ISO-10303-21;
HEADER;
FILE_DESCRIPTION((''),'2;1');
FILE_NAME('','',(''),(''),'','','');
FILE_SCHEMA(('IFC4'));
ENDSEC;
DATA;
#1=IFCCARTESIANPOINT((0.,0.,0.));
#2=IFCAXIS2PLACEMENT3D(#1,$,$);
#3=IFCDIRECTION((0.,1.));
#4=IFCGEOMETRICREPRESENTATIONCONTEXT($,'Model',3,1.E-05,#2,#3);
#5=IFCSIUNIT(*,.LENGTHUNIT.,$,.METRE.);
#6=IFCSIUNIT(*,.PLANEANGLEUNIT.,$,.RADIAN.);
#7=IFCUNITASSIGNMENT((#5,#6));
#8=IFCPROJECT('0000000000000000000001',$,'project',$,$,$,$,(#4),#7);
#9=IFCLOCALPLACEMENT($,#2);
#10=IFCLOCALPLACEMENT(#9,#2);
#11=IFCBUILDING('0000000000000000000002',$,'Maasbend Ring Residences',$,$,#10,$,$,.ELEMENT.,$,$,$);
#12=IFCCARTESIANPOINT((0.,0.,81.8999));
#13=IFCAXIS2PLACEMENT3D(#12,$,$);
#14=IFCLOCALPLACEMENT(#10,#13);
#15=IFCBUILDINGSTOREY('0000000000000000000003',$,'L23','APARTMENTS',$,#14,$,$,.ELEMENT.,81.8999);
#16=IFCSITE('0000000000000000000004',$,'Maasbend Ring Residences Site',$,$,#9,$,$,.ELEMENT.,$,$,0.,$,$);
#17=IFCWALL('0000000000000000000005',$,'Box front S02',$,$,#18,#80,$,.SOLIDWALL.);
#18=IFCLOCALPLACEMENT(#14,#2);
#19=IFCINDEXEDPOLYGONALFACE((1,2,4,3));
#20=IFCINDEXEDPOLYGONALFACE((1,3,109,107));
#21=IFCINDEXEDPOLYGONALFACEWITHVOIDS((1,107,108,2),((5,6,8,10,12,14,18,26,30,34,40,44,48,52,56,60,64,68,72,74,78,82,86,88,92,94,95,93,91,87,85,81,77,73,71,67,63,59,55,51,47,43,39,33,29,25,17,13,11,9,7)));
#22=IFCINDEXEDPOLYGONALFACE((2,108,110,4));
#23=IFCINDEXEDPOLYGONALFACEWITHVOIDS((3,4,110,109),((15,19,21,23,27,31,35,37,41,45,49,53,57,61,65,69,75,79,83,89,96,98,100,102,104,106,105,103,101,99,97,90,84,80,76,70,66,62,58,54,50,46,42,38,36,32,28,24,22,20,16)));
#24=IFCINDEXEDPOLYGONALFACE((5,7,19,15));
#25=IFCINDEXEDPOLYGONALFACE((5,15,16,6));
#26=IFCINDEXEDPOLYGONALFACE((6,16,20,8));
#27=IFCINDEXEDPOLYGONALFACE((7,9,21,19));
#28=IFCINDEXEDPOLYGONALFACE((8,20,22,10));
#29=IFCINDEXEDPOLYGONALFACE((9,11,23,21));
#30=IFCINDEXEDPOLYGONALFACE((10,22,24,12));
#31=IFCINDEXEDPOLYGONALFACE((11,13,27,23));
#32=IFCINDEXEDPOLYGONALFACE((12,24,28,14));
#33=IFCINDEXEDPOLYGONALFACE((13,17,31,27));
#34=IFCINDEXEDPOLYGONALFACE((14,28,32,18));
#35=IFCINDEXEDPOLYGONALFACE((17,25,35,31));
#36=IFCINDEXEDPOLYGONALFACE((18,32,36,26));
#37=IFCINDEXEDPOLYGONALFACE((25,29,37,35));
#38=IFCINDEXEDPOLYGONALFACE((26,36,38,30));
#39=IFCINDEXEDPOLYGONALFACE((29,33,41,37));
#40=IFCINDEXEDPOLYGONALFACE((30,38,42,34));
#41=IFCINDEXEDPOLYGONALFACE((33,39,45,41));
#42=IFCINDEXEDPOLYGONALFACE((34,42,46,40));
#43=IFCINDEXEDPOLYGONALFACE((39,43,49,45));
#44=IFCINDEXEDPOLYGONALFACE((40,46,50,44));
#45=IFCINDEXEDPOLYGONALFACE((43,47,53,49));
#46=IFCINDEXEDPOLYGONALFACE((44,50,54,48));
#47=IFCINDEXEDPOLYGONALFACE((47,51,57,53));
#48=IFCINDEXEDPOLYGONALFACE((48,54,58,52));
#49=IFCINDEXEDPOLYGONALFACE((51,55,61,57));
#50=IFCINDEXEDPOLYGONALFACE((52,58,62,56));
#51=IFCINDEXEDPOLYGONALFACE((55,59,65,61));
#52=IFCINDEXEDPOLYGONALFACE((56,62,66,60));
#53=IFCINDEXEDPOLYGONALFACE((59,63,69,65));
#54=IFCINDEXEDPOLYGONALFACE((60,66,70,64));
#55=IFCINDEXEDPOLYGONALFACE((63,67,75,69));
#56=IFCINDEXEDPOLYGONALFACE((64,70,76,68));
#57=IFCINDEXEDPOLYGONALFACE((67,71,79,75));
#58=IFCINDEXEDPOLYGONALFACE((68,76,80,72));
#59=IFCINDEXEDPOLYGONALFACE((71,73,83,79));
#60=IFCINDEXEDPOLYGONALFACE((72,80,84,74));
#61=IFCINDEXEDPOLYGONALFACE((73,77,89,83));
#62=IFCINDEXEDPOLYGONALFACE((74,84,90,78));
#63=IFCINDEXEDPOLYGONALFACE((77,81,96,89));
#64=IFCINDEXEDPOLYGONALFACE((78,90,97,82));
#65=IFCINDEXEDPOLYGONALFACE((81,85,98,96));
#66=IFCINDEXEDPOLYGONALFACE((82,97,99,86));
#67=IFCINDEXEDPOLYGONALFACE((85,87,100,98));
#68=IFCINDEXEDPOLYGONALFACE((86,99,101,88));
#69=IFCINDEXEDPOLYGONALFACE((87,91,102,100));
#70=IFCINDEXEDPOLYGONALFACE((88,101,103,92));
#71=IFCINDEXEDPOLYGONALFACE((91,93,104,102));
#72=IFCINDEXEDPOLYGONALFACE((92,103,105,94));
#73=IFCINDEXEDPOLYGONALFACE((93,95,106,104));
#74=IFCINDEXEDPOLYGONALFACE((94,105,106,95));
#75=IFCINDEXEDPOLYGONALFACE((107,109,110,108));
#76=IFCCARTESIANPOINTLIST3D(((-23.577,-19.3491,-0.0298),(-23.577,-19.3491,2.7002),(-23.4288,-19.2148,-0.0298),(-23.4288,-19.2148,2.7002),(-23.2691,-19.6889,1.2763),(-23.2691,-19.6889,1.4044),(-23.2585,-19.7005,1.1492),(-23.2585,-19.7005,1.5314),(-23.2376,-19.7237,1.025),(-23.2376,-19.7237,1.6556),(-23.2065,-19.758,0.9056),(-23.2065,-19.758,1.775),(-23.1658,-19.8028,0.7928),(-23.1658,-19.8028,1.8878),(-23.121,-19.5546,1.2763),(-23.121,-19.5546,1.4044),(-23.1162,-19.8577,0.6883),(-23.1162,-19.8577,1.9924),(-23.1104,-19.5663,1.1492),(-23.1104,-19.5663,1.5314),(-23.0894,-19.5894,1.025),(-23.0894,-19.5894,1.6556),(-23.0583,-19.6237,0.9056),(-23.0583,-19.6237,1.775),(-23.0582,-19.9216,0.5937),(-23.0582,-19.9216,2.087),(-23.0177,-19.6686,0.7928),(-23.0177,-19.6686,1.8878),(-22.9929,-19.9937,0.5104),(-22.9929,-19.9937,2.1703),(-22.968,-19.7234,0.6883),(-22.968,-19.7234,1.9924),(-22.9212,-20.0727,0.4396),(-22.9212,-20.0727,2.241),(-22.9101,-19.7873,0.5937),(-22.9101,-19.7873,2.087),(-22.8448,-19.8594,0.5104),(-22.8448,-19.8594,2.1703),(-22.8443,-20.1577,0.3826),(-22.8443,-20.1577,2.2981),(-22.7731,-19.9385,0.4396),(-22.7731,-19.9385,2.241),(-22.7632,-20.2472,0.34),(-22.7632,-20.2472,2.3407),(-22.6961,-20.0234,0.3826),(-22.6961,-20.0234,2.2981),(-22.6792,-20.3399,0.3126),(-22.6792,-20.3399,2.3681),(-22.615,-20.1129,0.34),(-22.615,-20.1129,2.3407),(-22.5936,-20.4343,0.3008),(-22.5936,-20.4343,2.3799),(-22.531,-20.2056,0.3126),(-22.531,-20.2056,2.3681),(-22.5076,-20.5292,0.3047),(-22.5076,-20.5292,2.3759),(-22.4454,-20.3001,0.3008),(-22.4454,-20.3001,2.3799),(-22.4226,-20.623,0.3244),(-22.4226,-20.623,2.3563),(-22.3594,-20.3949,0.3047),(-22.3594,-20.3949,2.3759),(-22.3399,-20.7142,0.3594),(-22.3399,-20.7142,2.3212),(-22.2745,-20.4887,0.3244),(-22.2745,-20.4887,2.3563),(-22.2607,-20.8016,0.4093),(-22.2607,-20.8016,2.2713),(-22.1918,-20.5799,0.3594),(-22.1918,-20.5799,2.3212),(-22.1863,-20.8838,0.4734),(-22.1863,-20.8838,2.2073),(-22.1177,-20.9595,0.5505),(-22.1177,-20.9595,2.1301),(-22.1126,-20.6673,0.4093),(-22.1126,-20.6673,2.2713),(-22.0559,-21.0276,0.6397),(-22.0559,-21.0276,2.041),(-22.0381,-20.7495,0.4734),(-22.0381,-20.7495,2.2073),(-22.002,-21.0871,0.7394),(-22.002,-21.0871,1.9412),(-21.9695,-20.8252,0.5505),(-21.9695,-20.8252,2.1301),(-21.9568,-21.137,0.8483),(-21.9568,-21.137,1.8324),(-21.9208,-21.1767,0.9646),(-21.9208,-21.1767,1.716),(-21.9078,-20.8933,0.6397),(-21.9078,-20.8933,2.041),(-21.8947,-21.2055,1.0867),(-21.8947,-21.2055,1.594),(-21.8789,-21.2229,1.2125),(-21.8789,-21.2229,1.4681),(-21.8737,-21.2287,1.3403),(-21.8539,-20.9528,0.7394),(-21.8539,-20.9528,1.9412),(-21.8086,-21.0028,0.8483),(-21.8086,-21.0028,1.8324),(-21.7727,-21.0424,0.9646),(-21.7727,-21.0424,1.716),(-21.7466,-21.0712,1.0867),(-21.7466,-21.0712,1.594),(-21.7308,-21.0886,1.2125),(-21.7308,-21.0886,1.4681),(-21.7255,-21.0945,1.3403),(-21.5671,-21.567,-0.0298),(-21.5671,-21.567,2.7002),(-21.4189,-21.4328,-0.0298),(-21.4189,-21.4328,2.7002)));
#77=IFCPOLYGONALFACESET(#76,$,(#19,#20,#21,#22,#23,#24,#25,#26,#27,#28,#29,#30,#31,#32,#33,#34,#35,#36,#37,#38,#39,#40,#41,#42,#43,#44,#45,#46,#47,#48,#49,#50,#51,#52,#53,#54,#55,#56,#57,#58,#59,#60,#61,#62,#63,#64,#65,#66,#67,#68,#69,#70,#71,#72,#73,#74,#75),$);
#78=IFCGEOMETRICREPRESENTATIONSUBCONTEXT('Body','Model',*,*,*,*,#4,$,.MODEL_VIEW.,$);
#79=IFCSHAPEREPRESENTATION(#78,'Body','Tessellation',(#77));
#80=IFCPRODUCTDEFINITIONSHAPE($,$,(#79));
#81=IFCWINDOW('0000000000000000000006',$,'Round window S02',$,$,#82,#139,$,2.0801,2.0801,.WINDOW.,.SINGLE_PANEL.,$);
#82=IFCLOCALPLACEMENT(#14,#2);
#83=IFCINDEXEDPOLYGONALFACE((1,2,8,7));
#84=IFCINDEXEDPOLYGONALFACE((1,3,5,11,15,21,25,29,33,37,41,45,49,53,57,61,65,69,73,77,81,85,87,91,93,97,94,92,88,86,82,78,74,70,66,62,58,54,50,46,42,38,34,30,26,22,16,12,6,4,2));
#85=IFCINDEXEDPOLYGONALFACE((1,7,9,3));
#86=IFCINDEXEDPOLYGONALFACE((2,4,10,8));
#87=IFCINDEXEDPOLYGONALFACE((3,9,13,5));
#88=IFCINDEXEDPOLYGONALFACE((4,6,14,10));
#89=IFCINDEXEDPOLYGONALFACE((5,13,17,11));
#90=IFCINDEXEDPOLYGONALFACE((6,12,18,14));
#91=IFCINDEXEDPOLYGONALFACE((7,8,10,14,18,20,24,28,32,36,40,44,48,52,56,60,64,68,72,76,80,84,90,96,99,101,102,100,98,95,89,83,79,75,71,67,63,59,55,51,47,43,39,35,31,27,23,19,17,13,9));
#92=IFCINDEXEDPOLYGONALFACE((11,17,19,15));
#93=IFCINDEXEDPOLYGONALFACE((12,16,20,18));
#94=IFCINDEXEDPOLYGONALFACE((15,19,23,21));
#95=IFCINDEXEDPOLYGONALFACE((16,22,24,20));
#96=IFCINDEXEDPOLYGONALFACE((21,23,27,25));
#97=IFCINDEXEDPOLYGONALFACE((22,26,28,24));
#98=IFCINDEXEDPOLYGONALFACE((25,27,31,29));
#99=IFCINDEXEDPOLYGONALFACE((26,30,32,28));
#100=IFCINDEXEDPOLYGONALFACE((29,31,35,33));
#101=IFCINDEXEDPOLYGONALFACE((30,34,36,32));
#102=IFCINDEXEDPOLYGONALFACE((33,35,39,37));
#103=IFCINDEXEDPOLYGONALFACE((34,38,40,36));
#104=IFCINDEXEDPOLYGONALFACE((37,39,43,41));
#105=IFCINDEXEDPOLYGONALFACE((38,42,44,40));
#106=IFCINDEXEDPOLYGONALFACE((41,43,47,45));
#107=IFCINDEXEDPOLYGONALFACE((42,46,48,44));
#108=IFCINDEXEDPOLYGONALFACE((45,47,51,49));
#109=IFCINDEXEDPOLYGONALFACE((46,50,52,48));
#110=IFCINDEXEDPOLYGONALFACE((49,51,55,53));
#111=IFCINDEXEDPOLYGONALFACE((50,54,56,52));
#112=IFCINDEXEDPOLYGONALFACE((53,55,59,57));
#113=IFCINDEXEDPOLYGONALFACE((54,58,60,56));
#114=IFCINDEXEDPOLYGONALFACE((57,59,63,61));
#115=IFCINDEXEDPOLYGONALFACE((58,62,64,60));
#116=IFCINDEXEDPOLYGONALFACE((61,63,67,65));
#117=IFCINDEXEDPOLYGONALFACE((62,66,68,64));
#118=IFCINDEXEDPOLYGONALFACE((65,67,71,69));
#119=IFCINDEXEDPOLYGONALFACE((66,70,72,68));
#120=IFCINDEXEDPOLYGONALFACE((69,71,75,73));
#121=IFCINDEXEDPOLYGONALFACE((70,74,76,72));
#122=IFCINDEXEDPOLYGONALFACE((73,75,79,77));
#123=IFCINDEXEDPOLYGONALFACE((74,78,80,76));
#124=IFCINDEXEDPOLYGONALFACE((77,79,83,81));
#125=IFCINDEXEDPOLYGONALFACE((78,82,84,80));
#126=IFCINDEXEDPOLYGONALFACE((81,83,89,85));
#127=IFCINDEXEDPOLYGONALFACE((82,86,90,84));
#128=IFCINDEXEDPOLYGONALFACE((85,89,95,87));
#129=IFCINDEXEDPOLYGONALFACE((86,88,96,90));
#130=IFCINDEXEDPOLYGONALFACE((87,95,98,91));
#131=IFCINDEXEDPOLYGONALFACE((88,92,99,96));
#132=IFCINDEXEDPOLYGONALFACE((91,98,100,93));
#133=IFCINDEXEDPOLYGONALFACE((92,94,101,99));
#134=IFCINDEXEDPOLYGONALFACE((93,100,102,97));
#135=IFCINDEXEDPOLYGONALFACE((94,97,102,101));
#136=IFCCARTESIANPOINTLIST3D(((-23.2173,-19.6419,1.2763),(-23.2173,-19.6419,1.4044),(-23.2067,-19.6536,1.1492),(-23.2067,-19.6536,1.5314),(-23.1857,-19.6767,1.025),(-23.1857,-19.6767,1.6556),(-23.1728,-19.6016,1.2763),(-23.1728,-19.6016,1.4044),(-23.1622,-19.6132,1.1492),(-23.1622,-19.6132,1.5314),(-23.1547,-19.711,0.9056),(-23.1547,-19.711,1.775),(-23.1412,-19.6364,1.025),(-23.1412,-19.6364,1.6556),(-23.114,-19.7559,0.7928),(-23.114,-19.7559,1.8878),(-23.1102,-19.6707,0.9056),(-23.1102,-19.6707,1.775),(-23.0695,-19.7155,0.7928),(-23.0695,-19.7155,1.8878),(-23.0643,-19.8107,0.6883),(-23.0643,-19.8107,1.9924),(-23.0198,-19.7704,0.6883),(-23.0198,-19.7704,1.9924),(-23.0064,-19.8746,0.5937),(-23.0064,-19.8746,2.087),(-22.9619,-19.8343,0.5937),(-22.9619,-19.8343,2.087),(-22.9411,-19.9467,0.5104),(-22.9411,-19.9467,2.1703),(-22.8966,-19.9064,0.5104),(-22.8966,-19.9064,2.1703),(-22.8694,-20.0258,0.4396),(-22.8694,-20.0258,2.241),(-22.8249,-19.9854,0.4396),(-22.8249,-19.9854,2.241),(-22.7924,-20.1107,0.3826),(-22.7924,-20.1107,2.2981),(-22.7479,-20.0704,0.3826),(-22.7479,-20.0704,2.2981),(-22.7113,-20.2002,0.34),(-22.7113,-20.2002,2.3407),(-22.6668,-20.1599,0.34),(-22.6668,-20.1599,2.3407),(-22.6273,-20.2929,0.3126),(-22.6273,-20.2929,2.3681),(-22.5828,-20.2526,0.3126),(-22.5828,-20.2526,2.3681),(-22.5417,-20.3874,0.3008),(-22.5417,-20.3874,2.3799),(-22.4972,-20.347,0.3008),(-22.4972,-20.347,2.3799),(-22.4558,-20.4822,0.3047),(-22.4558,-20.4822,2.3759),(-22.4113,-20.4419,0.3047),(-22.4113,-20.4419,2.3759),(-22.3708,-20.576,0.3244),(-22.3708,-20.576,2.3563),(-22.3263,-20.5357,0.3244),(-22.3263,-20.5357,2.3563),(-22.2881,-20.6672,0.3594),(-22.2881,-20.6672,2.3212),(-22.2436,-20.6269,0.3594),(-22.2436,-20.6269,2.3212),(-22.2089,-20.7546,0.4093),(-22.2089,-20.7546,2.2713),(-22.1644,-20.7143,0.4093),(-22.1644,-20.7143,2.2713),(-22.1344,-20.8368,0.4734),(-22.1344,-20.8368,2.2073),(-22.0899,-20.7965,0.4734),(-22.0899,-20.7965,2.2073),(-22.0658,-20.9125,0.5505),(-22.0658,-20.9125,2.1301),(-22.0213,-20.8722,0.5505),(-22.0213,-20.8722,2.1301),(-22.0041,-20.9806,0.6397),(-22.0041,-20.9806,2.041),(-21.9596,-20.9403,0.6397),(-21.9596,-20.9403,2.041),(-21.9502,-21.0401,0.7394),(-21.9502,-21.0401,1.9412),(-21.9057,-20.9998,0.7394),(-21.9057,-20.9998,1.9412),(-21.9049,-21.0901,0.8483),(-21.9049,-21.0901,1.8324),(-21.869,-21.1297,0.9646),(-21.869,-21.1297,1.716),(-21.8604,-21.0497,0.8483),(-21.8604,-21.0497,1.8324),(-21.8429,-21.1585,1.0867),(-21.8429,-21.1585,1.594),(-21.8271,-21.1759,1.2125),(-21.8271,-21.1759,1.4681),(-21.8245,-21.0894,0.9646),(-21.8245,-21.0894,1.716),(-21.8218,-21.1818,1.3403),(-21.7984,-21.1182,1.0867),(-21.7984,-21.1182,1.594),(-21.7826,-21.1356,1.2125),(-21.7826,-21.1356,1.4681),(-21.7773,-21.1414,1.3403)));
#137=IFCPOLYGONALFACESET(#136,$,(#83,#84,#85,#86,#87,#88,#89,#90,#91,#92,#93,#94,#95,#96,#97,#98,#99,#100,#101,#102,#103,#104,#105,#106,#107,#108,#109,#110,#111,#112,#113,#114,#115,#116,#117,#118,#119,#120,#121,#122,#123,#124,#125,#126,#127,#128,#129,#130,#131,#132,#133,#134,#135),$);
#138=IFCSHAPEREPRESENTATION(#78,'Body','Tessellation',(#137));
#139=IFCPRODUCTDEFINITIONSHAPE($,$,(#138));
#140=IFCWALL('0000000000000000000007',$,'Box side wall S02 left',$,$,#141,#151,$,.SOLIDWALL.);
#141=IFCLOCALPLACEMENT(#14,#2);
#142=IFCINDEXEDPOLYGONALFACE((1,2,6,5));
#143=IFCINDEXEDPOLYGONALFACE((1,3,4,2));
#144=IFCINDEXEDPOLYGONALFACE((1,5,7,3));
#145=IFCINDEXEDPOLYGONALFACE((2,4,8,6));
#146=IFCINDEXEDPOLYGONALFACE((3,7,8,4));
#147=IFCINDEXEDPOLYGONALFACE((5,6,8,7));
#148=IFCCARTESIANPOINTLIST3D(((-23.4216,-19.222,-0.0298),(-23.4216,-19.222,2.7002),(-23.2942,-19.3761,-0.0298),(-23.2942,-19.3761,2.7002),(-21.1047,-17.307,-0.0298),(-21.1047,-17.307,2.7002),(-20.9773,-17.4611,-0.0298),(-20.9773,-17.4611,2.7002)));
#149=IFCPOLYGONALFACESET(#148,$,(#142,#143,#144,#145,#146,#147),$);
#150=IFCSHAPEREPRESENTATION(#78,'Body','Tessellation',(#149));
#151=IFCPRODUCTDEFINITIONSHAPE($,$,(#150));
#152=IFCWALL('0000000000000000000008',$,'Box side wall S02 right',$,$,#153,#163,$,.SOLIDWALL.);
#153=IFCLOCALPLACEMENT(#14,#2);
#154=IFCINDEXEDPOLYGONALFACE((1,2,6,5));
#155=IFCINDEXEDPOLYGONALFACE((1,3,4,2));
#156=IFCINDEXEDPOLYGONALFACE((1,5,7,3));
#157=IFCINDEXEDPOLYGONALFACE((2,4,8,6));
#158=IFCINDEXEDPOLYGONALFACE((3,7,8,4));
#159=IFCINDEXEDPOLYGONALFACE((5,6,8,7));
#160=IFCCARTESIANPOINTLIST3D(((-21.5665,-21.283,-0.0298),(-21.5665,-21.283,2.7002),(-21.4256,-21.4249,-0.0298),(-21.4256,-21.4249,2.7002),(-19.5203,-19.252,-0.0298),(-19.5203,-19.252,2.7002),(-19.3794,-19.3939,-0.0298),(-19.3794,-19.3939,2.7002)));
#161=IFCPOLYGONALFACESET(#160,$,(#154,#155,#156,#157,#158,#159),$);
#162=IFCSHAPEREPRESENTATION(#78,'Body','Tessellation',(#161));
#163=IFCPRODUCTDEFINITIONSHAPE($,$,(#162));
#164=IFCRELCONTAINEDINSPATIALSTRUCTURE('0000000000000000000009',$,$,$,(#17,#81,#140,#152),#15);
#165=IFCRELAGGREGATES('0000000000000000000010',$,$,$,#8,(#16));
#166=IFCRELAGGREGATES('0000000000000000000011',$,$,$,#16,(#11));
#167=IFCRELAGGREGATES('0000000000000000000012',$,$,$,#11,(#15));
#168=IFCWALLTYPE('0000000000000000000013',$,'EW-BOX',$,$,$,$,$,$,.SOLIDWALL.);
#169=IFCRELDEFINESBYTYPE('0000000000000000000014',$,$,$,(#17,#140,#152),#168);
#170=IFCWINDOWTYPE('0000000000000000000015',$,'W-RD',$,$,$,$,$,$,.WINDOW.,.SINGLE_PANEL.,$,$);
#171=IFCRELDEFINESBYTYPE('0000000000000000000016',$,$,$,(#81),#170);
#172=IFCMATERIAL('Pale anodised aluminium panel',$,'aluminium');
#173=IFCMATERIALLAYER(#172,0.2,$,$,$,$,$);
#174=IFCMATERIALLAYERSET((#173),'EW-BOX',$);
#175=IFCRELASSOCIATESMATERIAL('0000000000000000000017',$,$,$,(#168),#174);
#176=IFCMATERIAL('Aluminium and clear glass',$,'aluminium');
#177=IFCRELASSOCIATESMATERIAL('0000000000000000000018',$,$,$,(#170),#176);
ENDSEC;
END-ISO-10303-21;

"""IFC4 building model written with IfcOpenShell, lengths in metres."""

from ifc_helpers import new_model, si_unit, direction, frame, frame_2d, origin, place, context, subcontext, project, spatial, rectangle, circle, extrude, material, layer, layer_set, type_object, element, fill, save


model = new_model("IFC4")

# Units and contexts
model_context = context("Model", 3, precision=1e-05, world=origin(), true_north=direction((0.0, 1.0)))
body_context = subcontext(model_context, "Body", "Model", "MODEL_VIEW")
ifc_project = project(units=[si_unit("LENGTHUNIT", "METRE"), si_unit("PLANEANGLEUNIT", "RADIAN")], contexts=[model_context])

# Site, building, storey
site_placement = place(None, origin())
site = spatial("IfcSite", under=ifc_project, at=site_placement, Name="Maasbend Ring Residences Site", CompositionType="ELEMENT", RefElevation=0.0)
building_placement = place(site_placement, origin())
building = spatial("IfcBuilding", under=site, at=building_placement, Name="Maasbend Ring Residences", CompositionType="ELEMENT")
storey_placement = place(building_placement, frame((0.0, 0.0, 81.8999)))
storey = spatial("IfcBuildingStorey", under=building, at=storey_placement, Name="L23", Description="APARTMENTS", CompositionType="ELEMENT", Elevation=81.8999)

# Wall, opening, window
ifc_material_1 = material(Name="Pale anodised aluminium panel", Category="aluminium")
ifc_layer_1 = layer(ifc_material_1, 0.2)
ifc_layer_set_1 = layer_set([ifc_layer_1], Name="EW-BOX")
wall_type_1 = type_object("IfcWallType", Name="EW-BOX", PredefinedType="SOLIDWALL", material=ifc_layer_set_1)
wall_1_placement = place(storey_placement, frame((-23.5029, -19.282, -0.0298), z_axis=(0.0, 0.0, 1.0), x_axis=(0.671507, -0.740998, 0.0)))
wall_1 = element("IfcWall", 1, at=wall_1_placement, inside=storey, type_object=wall_type_1, Name="Box front S02", PredefinedType="SOLIDWALL", context=body_context, shape_type="SweptSolid", body=[
    extrude(rectangle(XDim=2.9932, YDim=0.2, at=frame_2d((1.4966, 0.0))), origin(), (0.0, 0.0, 1.0), 2.73),
])
opening_1_placement = place(wall_1_placement, frame((0.4565, 0.0, 0.3301)))
opening_1 = element("IfcOpeningElement", 2, at=opening_1_placement, cuts=wall_1, PredefinedType="OPENING", context=body_context, shape_type="SweptSolid", body=[
    extrude(circle(Radius=1.04, at=frame_2d((1.04, 1.04))), frame((0.0, 0.1099, 0.0), z_axis=(0.0, -1.0, 0.0), x_axis=(1.0, 0.0, 0.0)), (0.0, 0.0, 1.0), 0.22),
])
ifc_material_2 = material(Name="Aluminium and clear glass", Category="aluminium")
window_type_1 = type_object("IfcWindowType", Name="W-RD", PartitioningType="SINGLE_PANEL", PredefinedType="WINDOW", material=ifc_material_2)
window_1_placement = place(opening_1_placement, origin())
window_1 = element("IfcWindow", 3, at=window_1_placement, inside=storey, type_object=window_type_1, Name="Round window S02", OverallHeight=2.0801, OverallWidth=2.0801, PartitioningType="SINGLE_PANEL", PredefinedType="WINDOW", context=body_context, shape_type="SweptSolid", body=[
    extrude(circle(Radius=1.04, at=frame_2d((1.04, 1.04))), frame((0.0, 0.03, 0.0), z_axis=(0.0, -1.0, 0.0), x_axis=(1.0, 0.0, 0.0)), (0.0, 0.0, 1.0), 0.0601),
])
fill(opening_1, window_1)

# Walls
wall_2_placement = place(storey_placement, frame((-21.041, -17.384, -0.0298), z_axis=(0.0, 0.0, 1.0), x_axis=(-0.770785, -0.637096, 0.0)))
element("IfcWall", 4, at=wall_2_placement, inside=storey, type_object=wall_type_1, Name="Box side wall S02 left", PredefinedType="SOLIDWALL", context=body_context, shape_type="SweptSolid", body=[
    extrude(rectangle(XDim=3.0059, YDim=0.2, at=frame_2d((1.5029, 0.0))), origin(), (0.0, 0.0, 1.0), 2.73),
])
wall_3_placement = place(storey_placement, frame((-19.45, -19.323, -0.0298), z_axis=(0.0, 0.0, 1.0), x_axis=(-0.709727, -0.704477, 0.0)))
element("IfcWall", 5, at=wall_3_placement, inside=storey, type_object=wall_type_1, Name="Box side wall S02 right", PredefinedType="SOLIDWALL", context=body_context, shape_type="SweptSolid", body=[
    extrude(rectangle(XDim=2.8831, YDim=0.2, at=frame_2d((1.4414, 0.0))), origin(), (0.0, 0.0, 1.0), 2.73),
])

save(model, "model.ifc")
